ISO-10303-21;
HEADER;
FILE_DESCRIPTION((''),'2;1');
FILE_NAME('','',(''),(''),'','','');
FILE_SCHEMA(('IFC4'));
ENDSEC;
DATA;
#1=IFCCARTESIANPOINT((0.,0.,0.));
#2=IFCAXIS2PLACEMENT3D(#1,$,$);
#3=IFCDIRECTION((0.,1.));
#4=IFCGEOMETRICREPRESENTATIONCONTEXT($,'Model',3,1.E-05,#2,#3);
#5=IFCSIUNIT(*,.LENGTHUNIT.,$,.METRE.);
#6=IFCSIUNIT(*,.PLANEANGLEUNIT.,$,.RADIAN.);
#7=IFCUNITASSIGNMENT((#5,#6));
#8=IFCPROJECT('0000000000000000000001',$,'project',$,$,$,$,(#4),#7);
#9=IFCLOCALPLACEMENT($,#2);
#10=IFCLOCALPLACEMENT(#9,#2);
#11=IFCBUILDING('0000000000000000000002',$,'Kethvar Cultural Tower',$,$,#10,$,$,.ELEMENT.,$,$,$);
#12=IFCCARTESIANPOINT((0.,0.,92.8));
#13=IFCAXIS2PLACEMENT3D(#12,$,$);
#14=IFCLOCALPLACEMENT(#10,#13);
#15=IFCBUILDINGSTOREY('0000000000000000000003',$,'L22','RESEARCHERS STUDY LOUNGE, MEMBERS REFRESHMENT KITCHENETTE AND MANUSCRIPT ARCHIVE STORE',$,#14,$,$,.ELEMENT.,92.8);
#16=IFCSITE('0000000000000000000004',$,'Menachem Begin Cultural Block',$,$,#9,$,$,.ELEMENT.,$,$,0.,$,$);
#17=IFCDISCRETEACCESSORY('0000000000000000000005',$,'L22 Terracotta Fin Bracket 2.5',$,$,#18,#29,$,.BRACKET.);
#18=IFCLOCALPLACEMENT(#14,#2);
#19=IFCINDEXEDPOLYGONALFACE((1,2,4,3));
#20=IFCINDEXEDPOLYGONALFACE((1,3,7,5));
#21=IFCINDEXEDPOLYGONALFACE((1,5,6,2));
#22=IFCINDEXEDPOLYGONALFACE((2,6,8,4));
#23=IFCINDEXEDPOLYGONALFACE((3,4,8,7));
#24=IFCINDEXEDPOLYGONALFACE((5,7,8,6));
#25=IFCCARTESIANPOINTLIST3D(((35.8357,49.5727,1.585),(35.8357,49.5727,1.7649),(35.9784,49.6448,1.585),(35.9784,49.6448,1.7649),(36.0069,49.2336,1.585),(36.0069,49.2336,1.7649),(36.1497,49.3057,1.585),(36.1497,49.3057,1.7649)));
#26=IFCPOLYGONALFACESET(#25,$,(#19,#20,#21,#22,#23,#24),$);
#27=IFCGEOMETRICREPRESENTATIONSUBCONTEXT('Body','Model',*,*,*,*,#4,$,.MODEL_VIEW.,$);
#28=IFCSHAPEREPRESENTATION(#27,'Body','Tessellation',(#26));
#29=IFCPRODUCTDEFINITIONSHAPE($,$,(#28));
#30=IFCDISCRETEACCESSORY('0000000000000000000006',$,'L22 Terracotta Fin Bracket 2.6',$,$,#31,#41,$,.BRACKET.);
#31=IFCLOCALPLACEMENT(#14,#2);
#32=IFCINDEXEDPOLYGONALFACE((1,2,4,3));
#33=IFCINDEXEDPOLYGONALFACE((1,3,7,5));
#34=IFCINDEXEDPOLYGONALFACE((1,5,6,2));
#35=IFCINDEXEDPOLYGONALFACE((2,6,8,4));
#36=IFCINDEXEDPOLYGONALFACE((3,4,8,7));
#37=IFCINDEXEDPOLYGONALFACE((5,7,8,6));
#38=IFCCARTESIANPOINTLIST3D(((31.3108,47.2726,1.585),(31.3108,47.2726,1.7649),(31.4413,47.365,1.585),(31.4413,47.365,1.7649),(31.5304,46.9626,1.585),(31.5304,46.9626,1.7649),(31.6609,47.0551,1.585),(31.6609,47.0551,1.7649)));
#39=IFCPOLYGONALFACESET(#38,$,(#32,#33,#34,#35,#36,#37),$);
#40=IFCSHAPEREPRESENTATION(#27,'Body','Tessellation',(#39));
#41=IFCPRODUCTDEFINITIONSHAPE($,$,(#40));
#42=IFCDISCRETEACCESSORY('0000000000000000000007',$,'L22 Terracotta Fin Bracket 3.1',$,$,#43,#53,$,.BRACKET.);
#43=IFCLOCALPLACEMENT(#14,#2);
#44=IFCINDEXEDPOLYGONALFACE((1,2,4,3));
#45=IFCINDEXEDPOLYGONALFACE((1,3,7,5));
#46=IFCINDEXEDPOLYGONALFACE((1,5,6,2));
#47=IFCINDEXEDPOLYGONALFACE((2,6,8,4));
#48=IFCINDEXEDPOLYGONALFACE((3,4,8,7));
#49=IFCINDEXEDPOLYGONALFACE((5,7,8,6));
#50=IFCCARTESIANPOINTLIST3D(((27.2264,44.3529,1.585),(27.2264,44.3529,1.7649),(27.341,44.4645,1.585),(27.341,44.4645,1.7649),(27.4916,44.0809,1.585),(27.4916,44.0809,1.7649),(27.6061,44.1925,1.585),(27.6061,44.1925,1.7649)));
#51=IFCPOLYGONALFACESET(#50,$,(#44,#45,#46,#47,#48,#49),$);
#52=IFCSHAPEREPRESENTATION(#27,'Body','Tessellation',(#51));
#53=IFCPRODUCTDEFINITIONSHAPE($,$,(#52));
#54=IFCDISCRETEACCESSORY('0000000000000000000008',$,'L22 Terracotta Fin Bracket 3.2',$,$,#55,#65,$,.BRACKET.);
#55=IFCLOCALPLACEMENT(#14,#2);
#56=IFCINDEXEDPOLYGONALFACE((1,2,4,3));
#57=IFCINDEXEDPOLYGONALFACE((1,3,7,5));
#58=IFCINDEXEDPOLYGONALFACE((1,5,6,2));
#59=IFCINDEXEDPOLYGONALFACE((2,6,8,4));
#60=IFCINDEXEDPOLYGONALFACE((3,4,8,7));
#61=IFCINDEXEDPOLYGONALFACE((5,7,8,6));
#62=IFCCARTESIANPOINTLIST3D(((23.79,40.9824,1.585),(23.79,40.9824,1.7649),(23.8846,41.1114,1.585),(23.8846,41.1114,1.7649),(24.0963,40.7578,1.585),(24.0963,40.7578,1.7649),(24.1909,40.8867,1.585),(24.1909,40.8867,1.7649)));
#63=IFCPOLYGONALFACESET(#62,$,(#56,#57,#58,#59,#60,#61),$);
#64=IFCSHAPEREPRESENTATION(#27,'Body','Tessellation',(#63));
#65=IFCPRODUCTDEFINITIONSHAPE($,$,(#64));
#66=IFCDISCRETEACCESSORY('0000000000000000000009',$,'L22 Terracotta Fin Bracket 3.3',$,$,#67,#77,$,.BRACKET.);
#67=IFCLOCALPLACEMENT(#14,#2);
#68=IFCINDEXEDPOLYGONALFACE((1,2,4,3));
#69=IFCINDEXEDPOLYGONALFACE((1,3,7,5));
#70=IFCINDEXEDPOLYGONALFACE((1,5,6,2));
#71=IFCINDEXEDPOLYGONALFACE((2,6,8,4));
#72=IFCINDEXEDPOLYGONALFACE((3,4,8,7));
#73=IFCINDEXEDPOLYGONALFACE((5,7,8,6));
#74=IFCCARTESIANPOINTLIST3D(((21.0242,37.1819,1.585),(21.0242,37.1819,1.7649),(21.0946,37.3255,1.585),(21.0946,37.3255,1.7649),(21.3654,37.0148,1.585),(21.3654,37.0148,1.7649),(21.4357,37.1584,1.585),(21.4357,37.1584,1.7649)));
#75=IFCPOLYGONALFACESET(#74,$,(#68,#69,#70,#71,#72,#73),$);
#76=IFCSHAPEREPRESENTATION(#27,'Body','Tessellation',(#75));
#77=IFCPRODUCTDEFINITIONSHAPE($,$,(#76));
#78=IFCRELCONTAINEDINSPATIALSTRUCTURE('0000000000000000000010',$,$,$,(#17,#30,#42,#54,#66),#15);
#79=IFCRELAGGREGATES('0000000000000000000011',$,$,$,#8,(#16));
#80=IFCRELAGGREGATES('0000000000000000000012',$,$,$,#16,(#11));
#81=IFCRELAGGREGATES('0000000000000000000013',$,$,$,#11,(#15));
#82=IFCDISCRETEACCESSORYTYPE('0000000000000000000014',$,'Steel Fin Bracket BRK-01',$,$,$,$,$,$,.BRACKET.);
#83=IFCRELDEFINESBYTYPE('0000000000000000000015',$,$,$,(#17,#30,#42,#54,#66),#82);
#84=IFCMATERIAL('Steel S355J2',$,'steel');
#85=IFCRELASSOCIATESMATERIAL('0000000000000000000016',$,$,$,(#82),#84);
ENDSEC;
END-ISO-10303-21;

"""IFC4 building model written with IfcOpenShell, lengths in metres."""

from ifc_helpers import new_model, si_unit, direction, frame, origin, origin_2d, place, context, subcontext, project, spatial, rectangle, extrude, source, transform, mapped, material, type_object, element, save


model = new_model("IFC4")

# Units and contexts
model_context = context("Model", 3, precision=1e-05, world=origin(), true_north=direction((0.0, 1.0)))
body_context = subcontext(model_context, "Body", "Model", "MODEL_VIEW")
ifc_project = project(units=[si_unit("LENGTHUNIT", "METRE"), si_unit("PLANEANGLEUNIT", "RADIAN")], contexts=[model_context])

# Site, building, storey
site_placement = place(None, origin())
site = spatial("IfcSite", under=ifc_project, at=site_placement, Name="Menachem Begin Cultural Block", CompositionType="ELEMENT", RefElevation=0.0)
building_placement = place(site_placement, origin())
building = spatial("IfcBuilding", under=site, at=building_placement, Name="Kethvar Cultural Tower", CompositionType="ELEMENT")
storey_placement = place(building_placement, frame((0.0, 0.0, 92.8)))
storey = spatial("IfcBuildingStorey", under=building, at=storey_placement, Name="L22", Description="RESEARCHERS STUDY LOUNGE, MEMBERS REFRESHMENT KITCHENETTE AND MANUSCRIPT ARCHIVE STORE", CompositionType="ELEMENT", Elevation=92.8)

# Shared definitions
ifc_material_1 = material(Name="Steel S355J2", Category="steel")

# Discrete accessories
discrete_accessory_type = type_object("IfcDiscreteAccessoryType", Name="Steel Fin Bracket BRK-01", PredefinedType="BRACKET", material=ifc_material_1)
shared_shape_1 = source(origin(), body_context, "Body", "SweptSolid", [
    extrude(rectangle(XDim=0.3799, YDim=0.1599, at=origin_2d()), origin(), (0.0, 0.0, 1.0), 0.1799),
])
for number, where, z_axis, x_axis, name in (
    (1, (35.9927, 49.4392, 1.585), (0.0, 0.0, 1.0), (-0.450722, 0.892664, 0.0), "L22 Terracotta Fin Bracket 2.5"),
    (2, (31.4858, 47.1638, 1.585), (0.0, 0.0, 1.0), (-0.578142, 0.815936, 0.0), "L22 Terracotta Fin Bracket 2.6"),
    (3, (27.4163, 44.2727, 1.585), (0.0, 0.0, 1.0), (-0.697915, 0.71618, 0.0), "L22 Terracotta Fin Bracket 3.1"),
    (4, (23.9905, 40.9346, 1.585), (0.0, 0.0, 1.0), (-0.806341, 0.59145, 0.0), "L22 Terracotta Fin Bracket 3.2"),
    (5, (21.23, 37.1702, 1.585), (0.0, 0.0, 1.0), (-0.898028, 0.439939, 0.0), "L22 Terracotta Fin Bracket 3.3"),
):
    element("IfcDiscreteAccessory", number, at=place(storey_placement, frame(where, z_axis=z_axis, x_axis=x_axis)), inside=storey, type_object=discrete_accessory_type, Name=name, PredefinedType="BRACKET", context=body_context, shape_type="MappedRepresentation", body=[
        mapped(shared_shape_1, transform((0.0, 0.0, 0.0), scale=1.0)),
    ])

save(model, "model.ifc")
